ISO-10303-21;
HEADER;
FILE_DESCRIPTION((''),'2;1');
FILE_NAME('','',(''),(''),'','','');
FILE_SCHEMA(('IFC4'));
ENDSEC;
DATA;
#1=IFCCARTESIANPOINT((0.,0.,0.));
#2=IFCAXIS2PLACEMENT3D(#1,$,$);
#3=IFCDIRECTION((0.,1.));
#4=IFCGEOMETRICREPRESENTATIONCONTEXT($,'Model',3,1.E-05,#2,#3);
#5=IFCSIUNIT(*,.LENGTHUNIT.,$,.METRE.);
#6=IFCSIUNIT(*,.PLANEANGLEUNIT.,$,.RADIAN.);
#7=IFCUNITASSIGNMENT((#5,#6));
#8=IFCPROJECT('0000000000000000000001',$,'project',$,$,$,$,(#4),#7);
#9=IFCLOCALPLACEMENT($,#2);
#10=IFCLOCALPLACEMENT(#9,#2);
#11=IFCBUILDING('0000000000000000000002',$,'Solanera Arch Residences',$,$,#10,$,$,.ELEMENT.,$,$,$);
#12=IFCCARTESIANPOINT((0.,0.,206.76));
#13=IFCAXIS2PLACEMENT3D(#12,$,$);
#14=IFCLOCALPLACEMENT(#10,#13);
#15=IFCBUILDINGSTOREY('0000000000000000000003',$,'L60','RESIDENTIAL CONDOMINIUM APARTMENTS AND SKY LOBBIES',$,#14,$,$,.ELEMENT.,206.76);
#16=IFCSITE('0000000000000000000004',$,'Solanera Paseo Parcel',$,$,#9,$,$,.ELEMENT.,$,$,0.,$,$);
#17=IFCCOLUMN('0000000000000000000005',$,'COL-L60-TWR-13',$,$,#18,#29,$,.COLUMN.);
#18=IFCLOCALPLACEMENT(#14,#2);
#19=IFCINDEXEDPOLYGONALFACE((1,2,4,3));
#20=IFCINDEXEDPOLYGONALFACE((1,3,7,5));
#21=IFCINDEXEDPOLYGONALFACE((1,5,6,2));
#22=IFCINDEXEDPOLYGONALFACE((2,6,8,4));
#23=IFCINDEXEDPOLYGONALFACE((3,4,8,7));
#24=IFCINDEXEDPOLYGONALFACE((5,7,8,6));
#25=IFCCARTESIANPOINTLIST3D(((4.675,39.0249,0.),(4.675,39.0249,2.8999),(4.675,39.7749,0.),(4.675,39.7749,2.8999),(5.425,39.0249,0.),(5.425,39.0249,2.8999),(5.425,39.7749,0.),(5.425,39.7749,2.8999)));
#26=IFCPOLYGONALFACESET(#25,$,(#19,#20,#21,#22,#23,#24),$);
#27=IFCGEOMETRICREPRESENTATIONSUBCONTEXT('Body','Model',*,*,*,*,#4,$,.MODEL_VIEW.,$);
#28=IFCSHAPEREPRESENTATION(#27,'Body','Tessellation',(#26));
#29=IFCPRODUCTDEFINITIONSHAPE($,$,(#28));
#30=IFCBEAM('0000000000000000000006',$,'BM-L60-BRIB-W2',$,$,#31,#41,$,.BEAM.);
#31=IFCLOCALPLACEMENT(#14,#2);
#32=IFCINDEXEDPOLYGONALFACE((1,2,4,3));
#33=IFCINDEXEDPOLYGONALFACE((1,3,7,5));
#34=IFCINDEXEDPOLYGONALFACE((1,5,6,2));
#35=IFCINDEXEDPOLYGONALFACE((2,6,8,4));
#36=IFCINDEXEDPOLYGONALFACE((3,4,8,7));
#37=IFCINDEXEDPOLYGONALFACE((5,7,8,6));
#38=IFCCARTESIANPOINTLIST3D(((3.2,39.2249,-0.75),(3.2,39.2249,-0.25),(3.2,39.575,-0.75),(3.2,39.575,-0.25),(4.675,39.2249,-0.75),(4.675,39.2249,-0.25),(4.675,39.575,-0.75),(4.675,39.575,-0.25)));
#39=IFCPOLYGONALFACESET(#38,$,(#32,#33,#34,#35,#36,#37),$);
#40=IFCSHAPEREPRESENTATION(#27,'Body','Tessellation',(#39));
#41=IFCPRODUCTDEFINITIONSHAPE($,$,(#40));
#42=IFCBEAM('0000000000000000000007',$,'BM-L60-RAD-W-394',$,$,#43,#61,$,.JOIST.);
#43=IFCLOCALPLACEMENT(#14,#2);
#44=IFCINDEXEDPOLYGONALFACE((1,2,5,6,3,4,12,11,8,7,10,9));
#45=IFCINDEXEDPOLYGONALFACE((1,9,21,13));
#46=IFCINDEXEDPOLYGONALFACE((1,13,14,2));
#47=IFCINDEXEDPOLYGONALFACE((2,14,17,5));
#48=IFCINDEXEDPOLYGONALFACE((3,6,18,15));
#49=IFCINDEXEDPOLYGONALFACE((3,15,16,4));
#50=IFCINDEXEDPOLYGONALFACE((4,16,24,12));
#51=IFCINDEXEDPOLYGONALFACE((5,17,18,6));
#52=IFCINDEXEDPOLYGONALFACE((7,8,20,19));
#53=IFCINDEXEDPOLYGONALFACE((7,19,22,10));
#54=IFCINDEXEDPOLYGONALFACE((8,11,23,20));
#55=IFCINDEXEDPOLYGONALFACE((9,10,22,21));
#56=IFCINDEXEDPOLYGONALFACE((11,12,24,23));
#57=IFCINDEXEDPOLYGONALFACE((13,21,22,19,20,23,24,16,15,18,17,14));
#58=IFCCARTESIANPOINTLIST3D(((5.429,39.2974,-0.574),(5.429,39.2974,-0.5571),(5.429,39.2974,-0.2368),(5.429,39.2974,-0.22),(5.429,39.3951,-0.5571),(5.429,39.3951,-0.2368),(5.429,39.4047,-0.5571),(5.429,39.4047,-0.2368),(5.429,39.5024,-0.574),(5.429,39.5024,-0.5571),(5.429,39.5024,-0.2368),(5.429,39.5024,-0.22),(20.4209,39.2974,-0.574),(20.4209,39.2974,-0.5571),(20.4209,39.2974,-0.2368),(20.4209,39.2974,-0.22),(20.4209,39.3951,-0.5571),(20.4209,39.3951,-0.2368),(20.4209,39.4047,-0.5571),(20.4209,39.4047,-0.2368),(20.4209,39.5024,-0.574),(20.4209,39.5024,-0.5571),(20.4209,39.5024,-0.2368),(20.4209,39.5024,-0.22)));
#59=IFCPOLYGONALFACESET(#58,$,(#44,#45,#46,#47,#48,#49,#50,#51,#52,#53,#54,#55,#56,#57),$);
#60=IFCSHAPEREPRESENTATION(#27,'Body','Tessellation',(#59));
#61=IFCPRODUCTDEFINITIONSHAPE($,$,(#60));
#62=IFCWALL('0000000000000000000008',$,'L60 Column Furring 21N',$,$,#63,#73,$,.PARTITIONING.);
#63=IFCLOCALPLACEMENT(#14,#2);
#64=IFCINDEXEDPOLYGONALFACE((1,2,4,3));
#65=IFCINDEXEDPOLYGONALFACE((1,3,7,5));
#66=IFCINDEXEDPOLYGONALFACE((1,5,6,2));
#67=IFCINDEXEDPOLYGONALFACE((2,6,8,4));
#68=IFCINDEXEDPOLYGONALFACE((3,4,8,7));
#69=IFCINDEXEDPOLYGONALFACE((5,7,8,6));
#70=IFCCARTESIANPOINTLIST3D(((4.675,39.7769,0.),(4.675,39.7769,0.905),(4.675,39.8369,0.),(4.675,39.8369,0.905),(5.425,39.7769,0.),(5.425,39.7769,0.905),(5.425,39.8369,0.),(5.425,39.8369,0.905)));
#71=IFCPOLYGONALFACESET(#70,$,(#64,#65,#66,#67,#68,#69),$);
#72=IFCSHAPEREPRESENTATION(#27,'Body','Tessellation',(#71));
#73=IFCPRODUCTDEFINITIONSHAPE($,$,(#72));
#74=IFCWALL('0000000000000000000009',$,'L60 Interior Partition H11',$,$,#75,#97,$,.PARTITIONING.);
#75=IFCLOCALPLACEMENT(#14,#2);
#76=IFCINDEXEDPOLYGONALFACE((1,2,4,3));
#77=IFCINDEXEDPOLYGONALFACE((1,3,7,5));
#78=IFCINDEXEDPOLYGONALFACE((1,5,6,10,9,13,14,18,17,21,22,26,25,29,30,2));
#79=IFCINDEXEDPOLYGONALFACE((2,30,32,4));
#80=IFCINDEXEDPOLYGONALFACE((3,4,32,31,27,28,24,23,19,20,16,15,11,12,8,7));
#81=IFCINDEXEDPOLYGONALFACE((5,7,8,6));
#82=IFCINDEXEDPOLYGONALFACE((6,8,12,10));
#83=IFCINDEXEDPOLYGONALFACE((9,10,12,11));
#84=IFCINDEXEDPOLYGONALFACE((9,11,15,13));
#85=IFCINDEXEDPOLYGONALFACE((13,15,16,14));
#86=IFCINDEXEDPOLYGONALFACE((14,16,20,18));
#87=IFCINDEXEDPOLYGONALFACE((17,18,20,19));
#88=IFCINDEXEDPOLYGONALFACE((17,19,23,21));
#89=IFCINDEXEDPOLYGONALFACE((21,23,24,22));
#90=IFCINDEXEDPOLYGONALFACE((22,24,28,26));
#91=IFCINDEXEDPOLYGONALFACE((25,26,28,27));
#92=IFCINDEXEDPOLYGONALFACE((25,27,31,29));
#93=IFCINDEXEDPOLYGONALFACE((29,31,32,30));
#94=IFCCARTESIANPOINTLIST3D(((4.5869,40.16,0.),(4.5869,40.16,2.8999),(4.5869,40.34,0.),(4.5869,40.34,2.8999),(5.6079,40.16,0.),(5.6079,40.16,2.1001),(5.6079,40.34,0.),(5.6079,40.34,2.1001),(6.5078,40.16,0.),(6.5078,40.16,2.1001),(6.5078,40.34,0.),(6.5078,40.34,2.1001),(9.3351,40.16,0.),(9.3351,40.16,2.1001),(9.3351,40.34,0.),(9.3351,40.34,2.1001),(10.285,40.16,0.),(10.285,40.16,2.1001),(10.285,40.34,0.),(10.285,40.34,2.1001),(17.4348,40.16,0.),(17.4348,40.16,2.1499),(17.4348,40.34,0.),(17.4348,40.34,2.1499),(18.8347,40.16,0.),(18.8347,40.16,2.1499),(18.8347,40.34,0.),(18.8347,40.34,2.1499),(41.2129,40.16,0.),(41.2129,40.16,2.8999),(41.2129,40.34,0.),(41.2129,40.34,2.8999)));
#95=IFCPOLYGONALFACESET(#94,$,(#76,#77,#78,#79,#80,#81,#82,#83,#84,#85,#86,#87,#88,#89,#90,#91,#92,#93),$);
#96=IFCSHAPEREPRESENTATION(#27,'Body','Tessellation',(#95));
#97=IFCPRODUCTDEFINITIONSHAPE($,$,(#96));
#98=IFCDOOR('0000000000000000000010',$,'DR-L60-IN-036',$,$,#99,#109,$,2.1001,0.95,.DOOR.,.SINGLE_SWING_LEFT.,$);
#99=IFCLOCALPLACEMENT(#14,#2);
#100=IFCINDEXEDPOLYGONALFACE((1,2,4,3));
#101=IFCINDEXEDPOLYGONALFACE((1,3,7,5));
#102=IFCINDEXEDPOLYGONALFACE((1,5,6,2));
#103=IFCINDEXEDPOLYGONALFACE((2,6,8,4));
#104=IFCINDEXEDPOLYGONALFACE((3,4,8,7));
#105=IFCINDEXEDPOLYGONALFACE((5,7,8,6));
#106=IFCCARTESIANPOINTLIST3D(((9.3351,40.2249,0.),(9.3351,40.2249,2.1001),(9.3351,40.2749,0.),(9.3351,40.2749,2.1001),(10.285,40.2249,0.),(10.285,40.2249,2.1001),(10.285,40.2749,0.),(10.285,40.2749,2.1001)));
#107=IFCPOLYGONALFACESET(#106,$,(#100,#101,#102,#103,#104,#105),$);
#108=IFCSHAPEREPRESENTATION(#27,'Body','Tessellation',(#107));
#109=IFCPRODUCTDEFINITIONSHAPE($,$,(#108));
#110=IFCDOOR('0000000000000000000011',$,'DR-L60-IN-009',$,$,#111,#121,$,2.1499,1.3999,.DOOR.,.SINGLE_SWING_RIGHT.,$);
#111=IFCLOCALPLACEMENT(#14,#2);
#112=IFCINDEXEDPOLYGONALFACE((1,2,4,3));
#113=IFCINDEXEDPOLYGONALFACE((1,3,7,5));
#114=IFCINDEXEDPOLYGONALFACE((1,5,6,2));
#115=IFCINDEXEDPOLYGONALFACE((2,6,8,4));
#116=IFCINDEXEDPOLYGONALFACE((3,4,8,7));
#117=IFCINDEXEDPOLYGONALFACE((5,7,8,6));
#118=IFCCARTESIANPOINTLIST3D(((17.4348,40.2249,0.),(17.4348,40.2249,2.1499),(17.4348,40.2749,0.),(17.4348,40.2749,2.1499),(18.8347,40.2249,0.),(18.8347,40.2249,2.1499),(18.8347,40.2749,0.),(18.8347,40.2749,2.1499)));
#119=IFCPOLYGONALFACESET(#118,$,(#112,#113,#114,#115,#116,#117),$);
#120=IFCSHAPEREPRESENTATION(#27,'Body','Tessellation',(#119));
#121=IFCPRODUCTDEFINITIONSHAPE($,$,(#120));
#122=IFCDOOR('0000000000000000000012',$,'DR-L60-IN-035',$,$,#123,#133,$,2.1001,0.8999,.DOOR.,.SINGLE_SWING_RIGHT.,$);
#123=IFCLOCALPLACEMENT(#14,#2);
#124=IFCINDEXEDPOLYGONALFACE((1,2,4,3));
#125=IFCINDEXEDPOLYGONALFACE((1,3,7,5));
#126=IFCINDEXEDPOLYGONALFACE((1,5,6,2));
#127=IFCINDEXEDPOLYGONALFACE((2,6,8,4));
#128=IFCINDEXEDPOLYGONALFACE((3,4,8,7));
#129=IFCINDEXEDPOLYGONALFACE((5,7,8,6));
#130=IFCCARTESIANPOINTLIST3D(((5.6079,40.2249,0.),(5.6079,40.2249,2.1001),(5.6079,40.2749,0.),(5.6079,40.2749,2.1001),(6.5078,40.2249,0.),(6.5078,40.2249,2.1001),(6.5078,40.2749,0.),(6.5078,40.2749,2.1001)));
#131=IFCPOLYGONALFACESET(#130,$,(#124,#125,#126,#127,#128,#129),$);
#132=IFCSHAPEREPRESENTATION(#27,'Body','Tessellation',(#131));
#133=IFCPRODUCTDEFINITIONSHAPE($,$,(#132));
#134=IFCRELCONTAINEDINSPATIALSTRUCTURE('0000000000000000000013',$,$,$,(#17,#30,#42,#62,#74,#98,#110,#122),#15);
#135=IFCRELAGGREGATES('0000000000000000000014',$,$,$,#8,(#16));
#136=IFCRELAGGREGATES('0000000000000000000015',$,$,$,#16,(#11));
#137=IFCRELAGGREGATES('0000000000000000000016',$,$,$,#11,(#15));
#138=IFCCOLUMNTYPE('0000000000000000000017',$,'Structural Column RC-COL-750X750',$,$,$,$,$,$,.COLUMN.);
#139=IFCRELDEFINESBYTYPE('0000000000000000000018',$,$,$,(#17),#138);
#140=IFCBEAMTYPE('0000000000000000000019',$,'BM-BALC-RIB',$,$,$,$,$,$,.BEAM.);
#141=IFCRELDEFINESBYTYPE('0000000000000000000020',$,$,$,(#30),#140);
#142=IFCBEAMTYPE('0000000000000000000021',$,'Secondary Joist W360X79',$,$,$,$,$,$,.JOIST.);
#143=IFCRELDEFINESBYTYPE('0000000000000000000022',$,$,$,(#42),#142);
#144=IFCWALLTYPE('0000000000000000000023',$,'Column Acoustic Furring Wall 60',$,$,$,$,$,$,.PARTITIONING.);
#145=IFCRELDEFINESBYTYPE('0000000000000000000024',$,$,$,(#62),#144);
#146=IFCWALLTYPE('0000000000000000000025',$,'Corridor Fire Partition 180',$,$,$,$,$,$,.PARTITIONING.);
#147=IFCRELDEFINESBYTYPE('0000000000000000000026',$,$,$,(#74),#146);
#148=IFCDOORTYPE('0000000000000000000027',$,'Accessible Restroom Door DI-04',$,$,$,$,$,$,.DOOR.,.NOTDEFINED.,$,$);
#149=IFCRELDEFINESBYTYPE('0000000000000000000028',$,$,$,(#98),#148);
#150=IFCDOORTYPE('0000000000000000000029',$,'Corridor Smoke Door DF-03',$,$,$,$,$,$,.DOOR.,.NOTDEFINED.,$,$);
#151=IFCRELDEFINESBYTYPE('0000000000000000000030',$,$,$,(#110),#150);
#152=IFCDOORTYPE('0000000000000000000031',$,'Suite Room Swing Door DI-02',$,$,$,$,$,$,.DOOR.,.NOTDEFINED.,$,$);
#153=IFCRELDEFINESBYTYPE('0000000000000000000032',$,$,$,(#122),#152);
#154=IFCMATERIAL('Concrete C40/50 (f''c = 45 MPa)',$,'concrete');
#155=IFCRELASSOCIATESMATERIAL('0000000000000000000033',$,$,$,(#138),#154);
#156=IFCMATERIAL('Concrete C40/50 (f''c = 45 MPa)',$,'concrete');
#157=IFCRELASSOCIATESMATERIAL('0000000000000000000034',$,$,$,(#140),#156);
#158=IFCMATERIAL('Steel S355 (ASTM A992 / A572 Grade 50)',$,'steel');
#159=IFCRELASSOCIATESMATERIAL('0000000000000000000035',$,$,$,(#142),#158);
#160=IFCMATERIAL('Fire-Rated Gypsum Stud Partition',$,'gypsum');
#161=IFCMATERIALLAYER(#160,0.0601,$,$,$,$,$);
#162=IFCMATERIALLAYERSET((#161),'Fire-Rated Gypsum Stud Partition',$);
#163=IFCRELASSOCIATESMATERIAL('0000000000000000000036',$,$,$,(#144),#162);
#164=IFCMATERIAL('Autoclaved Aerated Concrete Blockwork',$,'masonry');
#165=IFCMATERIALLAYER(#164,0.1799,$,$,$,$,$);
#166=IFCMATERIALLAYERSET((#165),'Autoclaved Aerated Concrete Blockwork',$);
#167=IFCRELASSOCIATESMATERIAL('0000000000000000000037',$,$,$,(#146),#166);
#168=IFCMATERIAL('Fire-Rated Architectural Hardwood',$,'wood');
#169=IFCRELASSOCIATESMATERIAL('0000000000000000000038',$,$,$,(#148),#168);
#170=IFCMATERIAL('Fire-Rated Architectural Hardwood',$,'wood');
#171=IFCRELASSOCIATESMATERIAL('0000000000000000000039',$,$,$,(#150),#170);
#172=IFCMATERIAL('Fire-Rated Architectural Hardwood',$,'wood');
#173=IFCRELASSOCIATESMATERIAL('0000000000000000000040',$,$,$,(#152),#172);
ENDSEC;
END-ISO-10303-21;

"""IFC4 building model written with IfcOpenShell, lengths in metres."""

from ifc_helpers import new_model, si_unit, direction, frame, frame_2d, origin, origin_2d, place, context, subcontext, project, spatial, rectangle, i_section, extrude, material, layer, layer_set, material_profile, profile_set, type_object, element, fill, save


model = new_model("IFC4")

# Units and contexts
model_context = context("Model", 3, precision=1e-05, world=origin(), true_north=direction((0.0, 1.0)))
body_context = subcontext(model_context, "Body", "Model", "MODEL_VIEW")
ifc_project = project(units=[si_unit("LENGTHUNIT", "METRE"), si_unit("PLANEANGLEUNIT", "RADIAN")], contexts=[model_context])

# Site, building, storey
site_placement = place(None, origin())
site = spatial("IfcSite", under=ifc_project, at=site_placement, Name="Solanera Paseo Parcel", CompositionType="ELEMENT", RefElevation=0.0)
building_placement = place(site_placement, origin())
building = spatial("IfcBuilding", under=site, at=building_placement, Name="Solanera Arch Residences", CompositionType="ELEMENT")
storey_placement = place(building_placement, frame((0.0, 0.0, 206.76)))
storey = spatial("IfcBuildingStorey", under=building, at=storey_placement, Name="L60", Description="RESIDENTIAL CONDOMINIUM APARTMENTS AND SKY LOBBIES", CompositionType="ELEMENT", Elevation=206.76)

# Column
ifc_material_1 = material(Name="Concrete C40/50 (f'c = 45 MPa)", Category="concrete")
ifc_material_profile_1 = material_profile(ifc_material_1, rectangle(XDim=0.75, YDim=0.75, at=origin_2d()))
ifc_profile_set_1 = profile_set([ifc_material_profile_1], Name="Concrete C40/50 (f'c = 45 MPa)")
column_type = type_object("IfcColumnType", Name="Structural Column RC-COL-750X750", PredefinedType="COLUMN", material=ifc_profile_set_1)
column_placement = place(storey_placement, frame((5.05, 39.3999, 0.0), z_axis=(0.0, 0.0, 1.0), x_axis=(1.0, 0.0, 0.0)))
element("IfcColumn", 1, at=column_placement, inside=storey, type_object=column_type, Name="COL-L60-TWR-13", PredefinedType="COLUMN", context=body_context, shape_type="SweptSolid", body=[
    extrude(rectangle(XDim=0.75, YDim=0.75, at=origin_2d()), origin(), (0.0, 0.0, 1.0), 2.8999),
])

# Beams
ifc_material_2 = material(Name="Concrete C40/50 (f'c = 45 MPa)", Category="concrete")
ifc_material_profile_2 = material_profile(ifc_material_2, rectangle(XDim=0.3501, YDim=0.5, at=origin_2d()))
ifc_profile_set_2 = profile_set([ifc_material_profile_2], Name="Concrete C40/50 (f'c = 45 MPa)")
beam_type_1 = type_object("IfcBeamType", Name="BM-BALC-RIB", PredefinedType="BEAM", material=ifc_profile_set_2)
beam_1_placement = place(storey_placement, frame((3.2, 39.3999, -0.5), z_axis=(1.0, 0.0, 0.0), x_axis=(0.0, 1.0, 0.0)))
element("IfcBeam", 2, at=beam_1_placement, inside=storey, type_object=beam_type_1, Name="BM-L60-BRIB-W2", PredefinedType="BEAM", context=body_context, shape_type="SweptSolid", body=[
    extrude(rectangle(XDim=0.3501, YDim=0.5, at=origin_2d()), origin(), (0.0, 0.0, 1.0), 1.4751),
])
ifc_material_3 = material(Name="Steel S355 (ASTM A992 / A572 Grade 50)", Category="steel")
ifc_material_profile_3 = material_profile(ifc_material_3, i_section(OverallWidth=0.2051, OverallDepth=0.354, WebThickness=0.0095, FlangeThickness=0.0168, at=origin_2d()))
ifc_profile_set_3 = profile_set([ifc_material_profile_3], Name="Steel S355 (ASTM A992 / A572 Grade 50)")
beam_type_2 = type_object("IfcBeamType", Name="Secondary Joist W360X79", PredefinedType="JOIST", material=ifc_profile_set_3)
beam_2_placement = place(storey_placement, frame((5.429, 39.3999, -0.397), z_axis=(1.0, 0.0, 0.0), x_axis=(0.0, 1.0, 0.0)))
element("IfcBeam", 3, at=beam_2_placement, inside=storey, type_object=beam_type_2, Name="BM-L60-RAD-W-394", PredefinedType="JOIST", context=body_context, shape_type="SweptSolid", body=[
    extrude(i_section(OverallWidth=0.2051, OverallDepth=0.354, WebThickness=0.0095, FlangeThickness=0.0168, at=origin_2d()), origin(), (0.0, 0.0, 1.0), 14.9919),
])

# Wall
ifc_material_4 = material(Name="Fire-Rated Gypsum Stud Partition", Category="gypsum")
ifc_layer_1 = layer(ifc_material_4, 0.0601)
ifc_layer_set_1 = layer_set([ifc_layer_1], Name="Fire-Rated Gypsum Stud Partition")
wall_type_1 = type_object("IfcWallType", Name="Column Acoustic Furring Wall 60", PredefinedType="PARTITIONING", material=ifc_layer_set_1)
wall_1_placement = place(storey_placement, frame((4.675, 39.8069, 0.0), z_axis=(0.0, 0.0, 1.0), x_axis=(1.0, 0.0, 0.0)))
element("IfcWall", 4, at=wall_1_placement, inside=storey, type_object=wall_type_1, Name="L60 Column Furring 21N", PredefinedType="PARTITIONING", context=body_context, shape_type="SweptSolid", body=[
    extrude(rectangle(XDim=0.75, YDim=0.0601, at=frame_2d((0.375, 0.0))), origin(), (0.0, 0.0, 1.0), 0.905),
])

# Wall, openings, doors
ifc_material_5 = material(Name="Autoclaved Aerated Concrete Blockwork", Category="masonry")
ifc_layer_2 = layer(ifc_material_5, 0.1799)
ifc_layer_set_2 = layer_set([ifc_layer_2], Name="Autoclaved Aerated Concrete Blockwork")
wall_type_2 = type_object("IfcWallType", Name="Corridor Fire Partition 180", PredefinedType="PARTITIONING", material=ifc_layer_set_2)
wall_2_placement = place(storey_placement, frame((4.5869, 40.25, 0.0), z_axis=(0.0, 0.0, 1.0), x_axis=(1.0, 0.0, 0.0)))
wall_2 = element("IfcWall", 5, at=wall_2_placement, inside=storey, type_object=wall_type_2, Name="L60 Interior Partition H11", PredefinedType="PARTITIONING", context=body_context, shape_type="SweptSolid", body=[
    extrude(rectangle(XDim=36.626, YDim=0.1799, at=frame_2d((18.313, 0.0))), origin(), (0.0, 0.0, 1.0), 2.8999),
])
opening_1_placement = place(wall_2_placement, frame((12.8479, 0.0, 0.0)))
opening_1 = element("IfcOpeningElement", 6, at=opening_1_placement, cuts=wall_2, PredefinedType="OPENING", context=body_context, shape_type="SweptSolid", body=[
    extrude(rectangle(XDim=1.3999, YDim=2.1499, at=frame_2d((0.7, 1.075))), frame((0.0, 0.1001, 0.0), z_axis=(0.0, -1.0, 0.0), x_axis=(1.0, 0.0, 0.0)), (0.0, 0.0, 1.0), 0.1999),
])
opening_2_placement = place(wall_2_placement, frame((1.021, 0.0, 0.0)))
opening_2 = element("IfcOpeningElement", 7, at=opening_2_placement, cuts=wall_2, PredefinedType="OPENING", context=body_context, shape_type="SweptSolid", body=[
    extrude(rectangle(XDim=0.8999, YDim=2.1001, at=frame_2d((0.45, 1.05))), frame((0.0, 0.1001, 0.0), z_axis=(0.0, -1.0, 0.0), x_axis=(1.0, 0.0, 0.0)), (0.0, 0.0, 1.0), 0.1999),
])
opening_3_placement = place(wall_2_placement, frame((4.748, 0.0, 0.0)))
opening_3 = element("IfcOpeningElement", 8, at=opening_3_placement, cuts=wall_2, PredefinedType="OPENING", context=body_context, shape_type="SweptSolid", body=[
    extrude(rectangle(XDim=0.95, YDim=2.1001, at=frame_2d((0.4751, 1.05))), frame((0.0, 0.1001, 0.0), z_axis=(0.0, -1.0, 0.0), x_axis=(1.0, 0.0, 0.0)), (0.0, 0.0, 1.0), 0.1999),
])
ifc_material_6 = material(Name="Fire-Rated Architectural Hardwood", Category="wood")
door_type_1 = type_object("IfcDoorType", Name="Accessible Restroom Door DI-04", OperationType="NOTDEFINED", PredefinedType="DOOR", material=ifc_material_6)
door_1_placement = place(opening_3_placement, origin())
door_1 = element("IfcDoor", 9, at=door_1_placement, inside=storey, type_object=door_type_1, Name="DR-L60-IN-036", OperationType="SINGLE_SWING_LEFT", OverallHeight=2.1001, OverallWidth=0.95, PredefinedType="DOOR", context=body_context, shape_type="SweptSolid", body=[
    extrude(rectangle(XDim=0.95, YDim=2.1001, at=frame_2d((0.4751, 1.05))), frame((0.0, 0.0249, 0.0), z_axis=(0.0, -1.0, 0.0), x_axis=(1.0, 0.0, 0.0)), (0.0, 0.0, 1.0), 0.05),
])
fill(opening_3, door_1)
ifc_material_7 = material(Name="Fire-Rated Architectural Hardwood", Category="wood")
door_type_2 = type_object("IfcDoorType", Name="Corridor Smoke Door DF-03", OperationType="NOTDEFINED", PredefinedType="DOOR", material=ifc_material_7)
door_2_placement = place(opening_1_placement, origin())
door_2 = element("IfcDoor", 10, at=door_2_placement, inside=storey, type_object=door_type_2, Name="DR-L60-IN-009", OperationType="SINGLE_SWING_RIGHT", OverallHeight=2.1499, OverallWidth=1.3999, PredefinedType="DOOR", context=body_context, shape_type="SweptSolid", body=[
    extrude(rectangle(XDim=1.3999, YDim=2.1499, at=frame_2d((0.7, 1.075))), frame((0.0, 0.0249, 0.0), z_axis=(0.0, -1.0, 0.0), x_axis=(1.0, 0.0, 0.0)), (0.0, 0.0, 1.0), 0.05),
])
fill(opening_1, door_2)
ifc_material_8 = material(Name="Fire-Rated Architectural Hardwood", Category="wood")
door_type_3 = type_object("IfcDoorType", Name="Suite Room Swing Door DI-02", OperationType="NOTDEFINED", PredefinedType="DOOR", material=ifc_material_8)
door_3_placement = place(opening_2_placement, origin())
door_3 = element("IfcDoor", 11, at=door_3_placement, inside=storey, type_object=door_type_3, Name="DR-L60-IN-035", OperationType="SINGLE_SWING_RIGHT", OverallHeight=2.1001, OverallWidth=0.8999, PredefinedType="DOOR", context=body_context, shape_type="SweptSolid", body=[
    extrude(rectangle(XDim=0.8999, YDim=2.1001, at=frame_2d((0.45, 1.05))), frame((0.0, 0.0249, 0.0), z_axis=(0.0, -1.0, 0.0), x_axis=(1.0, 0.0, 0.0)), (0.0, 0.0, 1.0), 0.05),
])
fill(opening_2, door_3)

save(model, "model.ifc")
